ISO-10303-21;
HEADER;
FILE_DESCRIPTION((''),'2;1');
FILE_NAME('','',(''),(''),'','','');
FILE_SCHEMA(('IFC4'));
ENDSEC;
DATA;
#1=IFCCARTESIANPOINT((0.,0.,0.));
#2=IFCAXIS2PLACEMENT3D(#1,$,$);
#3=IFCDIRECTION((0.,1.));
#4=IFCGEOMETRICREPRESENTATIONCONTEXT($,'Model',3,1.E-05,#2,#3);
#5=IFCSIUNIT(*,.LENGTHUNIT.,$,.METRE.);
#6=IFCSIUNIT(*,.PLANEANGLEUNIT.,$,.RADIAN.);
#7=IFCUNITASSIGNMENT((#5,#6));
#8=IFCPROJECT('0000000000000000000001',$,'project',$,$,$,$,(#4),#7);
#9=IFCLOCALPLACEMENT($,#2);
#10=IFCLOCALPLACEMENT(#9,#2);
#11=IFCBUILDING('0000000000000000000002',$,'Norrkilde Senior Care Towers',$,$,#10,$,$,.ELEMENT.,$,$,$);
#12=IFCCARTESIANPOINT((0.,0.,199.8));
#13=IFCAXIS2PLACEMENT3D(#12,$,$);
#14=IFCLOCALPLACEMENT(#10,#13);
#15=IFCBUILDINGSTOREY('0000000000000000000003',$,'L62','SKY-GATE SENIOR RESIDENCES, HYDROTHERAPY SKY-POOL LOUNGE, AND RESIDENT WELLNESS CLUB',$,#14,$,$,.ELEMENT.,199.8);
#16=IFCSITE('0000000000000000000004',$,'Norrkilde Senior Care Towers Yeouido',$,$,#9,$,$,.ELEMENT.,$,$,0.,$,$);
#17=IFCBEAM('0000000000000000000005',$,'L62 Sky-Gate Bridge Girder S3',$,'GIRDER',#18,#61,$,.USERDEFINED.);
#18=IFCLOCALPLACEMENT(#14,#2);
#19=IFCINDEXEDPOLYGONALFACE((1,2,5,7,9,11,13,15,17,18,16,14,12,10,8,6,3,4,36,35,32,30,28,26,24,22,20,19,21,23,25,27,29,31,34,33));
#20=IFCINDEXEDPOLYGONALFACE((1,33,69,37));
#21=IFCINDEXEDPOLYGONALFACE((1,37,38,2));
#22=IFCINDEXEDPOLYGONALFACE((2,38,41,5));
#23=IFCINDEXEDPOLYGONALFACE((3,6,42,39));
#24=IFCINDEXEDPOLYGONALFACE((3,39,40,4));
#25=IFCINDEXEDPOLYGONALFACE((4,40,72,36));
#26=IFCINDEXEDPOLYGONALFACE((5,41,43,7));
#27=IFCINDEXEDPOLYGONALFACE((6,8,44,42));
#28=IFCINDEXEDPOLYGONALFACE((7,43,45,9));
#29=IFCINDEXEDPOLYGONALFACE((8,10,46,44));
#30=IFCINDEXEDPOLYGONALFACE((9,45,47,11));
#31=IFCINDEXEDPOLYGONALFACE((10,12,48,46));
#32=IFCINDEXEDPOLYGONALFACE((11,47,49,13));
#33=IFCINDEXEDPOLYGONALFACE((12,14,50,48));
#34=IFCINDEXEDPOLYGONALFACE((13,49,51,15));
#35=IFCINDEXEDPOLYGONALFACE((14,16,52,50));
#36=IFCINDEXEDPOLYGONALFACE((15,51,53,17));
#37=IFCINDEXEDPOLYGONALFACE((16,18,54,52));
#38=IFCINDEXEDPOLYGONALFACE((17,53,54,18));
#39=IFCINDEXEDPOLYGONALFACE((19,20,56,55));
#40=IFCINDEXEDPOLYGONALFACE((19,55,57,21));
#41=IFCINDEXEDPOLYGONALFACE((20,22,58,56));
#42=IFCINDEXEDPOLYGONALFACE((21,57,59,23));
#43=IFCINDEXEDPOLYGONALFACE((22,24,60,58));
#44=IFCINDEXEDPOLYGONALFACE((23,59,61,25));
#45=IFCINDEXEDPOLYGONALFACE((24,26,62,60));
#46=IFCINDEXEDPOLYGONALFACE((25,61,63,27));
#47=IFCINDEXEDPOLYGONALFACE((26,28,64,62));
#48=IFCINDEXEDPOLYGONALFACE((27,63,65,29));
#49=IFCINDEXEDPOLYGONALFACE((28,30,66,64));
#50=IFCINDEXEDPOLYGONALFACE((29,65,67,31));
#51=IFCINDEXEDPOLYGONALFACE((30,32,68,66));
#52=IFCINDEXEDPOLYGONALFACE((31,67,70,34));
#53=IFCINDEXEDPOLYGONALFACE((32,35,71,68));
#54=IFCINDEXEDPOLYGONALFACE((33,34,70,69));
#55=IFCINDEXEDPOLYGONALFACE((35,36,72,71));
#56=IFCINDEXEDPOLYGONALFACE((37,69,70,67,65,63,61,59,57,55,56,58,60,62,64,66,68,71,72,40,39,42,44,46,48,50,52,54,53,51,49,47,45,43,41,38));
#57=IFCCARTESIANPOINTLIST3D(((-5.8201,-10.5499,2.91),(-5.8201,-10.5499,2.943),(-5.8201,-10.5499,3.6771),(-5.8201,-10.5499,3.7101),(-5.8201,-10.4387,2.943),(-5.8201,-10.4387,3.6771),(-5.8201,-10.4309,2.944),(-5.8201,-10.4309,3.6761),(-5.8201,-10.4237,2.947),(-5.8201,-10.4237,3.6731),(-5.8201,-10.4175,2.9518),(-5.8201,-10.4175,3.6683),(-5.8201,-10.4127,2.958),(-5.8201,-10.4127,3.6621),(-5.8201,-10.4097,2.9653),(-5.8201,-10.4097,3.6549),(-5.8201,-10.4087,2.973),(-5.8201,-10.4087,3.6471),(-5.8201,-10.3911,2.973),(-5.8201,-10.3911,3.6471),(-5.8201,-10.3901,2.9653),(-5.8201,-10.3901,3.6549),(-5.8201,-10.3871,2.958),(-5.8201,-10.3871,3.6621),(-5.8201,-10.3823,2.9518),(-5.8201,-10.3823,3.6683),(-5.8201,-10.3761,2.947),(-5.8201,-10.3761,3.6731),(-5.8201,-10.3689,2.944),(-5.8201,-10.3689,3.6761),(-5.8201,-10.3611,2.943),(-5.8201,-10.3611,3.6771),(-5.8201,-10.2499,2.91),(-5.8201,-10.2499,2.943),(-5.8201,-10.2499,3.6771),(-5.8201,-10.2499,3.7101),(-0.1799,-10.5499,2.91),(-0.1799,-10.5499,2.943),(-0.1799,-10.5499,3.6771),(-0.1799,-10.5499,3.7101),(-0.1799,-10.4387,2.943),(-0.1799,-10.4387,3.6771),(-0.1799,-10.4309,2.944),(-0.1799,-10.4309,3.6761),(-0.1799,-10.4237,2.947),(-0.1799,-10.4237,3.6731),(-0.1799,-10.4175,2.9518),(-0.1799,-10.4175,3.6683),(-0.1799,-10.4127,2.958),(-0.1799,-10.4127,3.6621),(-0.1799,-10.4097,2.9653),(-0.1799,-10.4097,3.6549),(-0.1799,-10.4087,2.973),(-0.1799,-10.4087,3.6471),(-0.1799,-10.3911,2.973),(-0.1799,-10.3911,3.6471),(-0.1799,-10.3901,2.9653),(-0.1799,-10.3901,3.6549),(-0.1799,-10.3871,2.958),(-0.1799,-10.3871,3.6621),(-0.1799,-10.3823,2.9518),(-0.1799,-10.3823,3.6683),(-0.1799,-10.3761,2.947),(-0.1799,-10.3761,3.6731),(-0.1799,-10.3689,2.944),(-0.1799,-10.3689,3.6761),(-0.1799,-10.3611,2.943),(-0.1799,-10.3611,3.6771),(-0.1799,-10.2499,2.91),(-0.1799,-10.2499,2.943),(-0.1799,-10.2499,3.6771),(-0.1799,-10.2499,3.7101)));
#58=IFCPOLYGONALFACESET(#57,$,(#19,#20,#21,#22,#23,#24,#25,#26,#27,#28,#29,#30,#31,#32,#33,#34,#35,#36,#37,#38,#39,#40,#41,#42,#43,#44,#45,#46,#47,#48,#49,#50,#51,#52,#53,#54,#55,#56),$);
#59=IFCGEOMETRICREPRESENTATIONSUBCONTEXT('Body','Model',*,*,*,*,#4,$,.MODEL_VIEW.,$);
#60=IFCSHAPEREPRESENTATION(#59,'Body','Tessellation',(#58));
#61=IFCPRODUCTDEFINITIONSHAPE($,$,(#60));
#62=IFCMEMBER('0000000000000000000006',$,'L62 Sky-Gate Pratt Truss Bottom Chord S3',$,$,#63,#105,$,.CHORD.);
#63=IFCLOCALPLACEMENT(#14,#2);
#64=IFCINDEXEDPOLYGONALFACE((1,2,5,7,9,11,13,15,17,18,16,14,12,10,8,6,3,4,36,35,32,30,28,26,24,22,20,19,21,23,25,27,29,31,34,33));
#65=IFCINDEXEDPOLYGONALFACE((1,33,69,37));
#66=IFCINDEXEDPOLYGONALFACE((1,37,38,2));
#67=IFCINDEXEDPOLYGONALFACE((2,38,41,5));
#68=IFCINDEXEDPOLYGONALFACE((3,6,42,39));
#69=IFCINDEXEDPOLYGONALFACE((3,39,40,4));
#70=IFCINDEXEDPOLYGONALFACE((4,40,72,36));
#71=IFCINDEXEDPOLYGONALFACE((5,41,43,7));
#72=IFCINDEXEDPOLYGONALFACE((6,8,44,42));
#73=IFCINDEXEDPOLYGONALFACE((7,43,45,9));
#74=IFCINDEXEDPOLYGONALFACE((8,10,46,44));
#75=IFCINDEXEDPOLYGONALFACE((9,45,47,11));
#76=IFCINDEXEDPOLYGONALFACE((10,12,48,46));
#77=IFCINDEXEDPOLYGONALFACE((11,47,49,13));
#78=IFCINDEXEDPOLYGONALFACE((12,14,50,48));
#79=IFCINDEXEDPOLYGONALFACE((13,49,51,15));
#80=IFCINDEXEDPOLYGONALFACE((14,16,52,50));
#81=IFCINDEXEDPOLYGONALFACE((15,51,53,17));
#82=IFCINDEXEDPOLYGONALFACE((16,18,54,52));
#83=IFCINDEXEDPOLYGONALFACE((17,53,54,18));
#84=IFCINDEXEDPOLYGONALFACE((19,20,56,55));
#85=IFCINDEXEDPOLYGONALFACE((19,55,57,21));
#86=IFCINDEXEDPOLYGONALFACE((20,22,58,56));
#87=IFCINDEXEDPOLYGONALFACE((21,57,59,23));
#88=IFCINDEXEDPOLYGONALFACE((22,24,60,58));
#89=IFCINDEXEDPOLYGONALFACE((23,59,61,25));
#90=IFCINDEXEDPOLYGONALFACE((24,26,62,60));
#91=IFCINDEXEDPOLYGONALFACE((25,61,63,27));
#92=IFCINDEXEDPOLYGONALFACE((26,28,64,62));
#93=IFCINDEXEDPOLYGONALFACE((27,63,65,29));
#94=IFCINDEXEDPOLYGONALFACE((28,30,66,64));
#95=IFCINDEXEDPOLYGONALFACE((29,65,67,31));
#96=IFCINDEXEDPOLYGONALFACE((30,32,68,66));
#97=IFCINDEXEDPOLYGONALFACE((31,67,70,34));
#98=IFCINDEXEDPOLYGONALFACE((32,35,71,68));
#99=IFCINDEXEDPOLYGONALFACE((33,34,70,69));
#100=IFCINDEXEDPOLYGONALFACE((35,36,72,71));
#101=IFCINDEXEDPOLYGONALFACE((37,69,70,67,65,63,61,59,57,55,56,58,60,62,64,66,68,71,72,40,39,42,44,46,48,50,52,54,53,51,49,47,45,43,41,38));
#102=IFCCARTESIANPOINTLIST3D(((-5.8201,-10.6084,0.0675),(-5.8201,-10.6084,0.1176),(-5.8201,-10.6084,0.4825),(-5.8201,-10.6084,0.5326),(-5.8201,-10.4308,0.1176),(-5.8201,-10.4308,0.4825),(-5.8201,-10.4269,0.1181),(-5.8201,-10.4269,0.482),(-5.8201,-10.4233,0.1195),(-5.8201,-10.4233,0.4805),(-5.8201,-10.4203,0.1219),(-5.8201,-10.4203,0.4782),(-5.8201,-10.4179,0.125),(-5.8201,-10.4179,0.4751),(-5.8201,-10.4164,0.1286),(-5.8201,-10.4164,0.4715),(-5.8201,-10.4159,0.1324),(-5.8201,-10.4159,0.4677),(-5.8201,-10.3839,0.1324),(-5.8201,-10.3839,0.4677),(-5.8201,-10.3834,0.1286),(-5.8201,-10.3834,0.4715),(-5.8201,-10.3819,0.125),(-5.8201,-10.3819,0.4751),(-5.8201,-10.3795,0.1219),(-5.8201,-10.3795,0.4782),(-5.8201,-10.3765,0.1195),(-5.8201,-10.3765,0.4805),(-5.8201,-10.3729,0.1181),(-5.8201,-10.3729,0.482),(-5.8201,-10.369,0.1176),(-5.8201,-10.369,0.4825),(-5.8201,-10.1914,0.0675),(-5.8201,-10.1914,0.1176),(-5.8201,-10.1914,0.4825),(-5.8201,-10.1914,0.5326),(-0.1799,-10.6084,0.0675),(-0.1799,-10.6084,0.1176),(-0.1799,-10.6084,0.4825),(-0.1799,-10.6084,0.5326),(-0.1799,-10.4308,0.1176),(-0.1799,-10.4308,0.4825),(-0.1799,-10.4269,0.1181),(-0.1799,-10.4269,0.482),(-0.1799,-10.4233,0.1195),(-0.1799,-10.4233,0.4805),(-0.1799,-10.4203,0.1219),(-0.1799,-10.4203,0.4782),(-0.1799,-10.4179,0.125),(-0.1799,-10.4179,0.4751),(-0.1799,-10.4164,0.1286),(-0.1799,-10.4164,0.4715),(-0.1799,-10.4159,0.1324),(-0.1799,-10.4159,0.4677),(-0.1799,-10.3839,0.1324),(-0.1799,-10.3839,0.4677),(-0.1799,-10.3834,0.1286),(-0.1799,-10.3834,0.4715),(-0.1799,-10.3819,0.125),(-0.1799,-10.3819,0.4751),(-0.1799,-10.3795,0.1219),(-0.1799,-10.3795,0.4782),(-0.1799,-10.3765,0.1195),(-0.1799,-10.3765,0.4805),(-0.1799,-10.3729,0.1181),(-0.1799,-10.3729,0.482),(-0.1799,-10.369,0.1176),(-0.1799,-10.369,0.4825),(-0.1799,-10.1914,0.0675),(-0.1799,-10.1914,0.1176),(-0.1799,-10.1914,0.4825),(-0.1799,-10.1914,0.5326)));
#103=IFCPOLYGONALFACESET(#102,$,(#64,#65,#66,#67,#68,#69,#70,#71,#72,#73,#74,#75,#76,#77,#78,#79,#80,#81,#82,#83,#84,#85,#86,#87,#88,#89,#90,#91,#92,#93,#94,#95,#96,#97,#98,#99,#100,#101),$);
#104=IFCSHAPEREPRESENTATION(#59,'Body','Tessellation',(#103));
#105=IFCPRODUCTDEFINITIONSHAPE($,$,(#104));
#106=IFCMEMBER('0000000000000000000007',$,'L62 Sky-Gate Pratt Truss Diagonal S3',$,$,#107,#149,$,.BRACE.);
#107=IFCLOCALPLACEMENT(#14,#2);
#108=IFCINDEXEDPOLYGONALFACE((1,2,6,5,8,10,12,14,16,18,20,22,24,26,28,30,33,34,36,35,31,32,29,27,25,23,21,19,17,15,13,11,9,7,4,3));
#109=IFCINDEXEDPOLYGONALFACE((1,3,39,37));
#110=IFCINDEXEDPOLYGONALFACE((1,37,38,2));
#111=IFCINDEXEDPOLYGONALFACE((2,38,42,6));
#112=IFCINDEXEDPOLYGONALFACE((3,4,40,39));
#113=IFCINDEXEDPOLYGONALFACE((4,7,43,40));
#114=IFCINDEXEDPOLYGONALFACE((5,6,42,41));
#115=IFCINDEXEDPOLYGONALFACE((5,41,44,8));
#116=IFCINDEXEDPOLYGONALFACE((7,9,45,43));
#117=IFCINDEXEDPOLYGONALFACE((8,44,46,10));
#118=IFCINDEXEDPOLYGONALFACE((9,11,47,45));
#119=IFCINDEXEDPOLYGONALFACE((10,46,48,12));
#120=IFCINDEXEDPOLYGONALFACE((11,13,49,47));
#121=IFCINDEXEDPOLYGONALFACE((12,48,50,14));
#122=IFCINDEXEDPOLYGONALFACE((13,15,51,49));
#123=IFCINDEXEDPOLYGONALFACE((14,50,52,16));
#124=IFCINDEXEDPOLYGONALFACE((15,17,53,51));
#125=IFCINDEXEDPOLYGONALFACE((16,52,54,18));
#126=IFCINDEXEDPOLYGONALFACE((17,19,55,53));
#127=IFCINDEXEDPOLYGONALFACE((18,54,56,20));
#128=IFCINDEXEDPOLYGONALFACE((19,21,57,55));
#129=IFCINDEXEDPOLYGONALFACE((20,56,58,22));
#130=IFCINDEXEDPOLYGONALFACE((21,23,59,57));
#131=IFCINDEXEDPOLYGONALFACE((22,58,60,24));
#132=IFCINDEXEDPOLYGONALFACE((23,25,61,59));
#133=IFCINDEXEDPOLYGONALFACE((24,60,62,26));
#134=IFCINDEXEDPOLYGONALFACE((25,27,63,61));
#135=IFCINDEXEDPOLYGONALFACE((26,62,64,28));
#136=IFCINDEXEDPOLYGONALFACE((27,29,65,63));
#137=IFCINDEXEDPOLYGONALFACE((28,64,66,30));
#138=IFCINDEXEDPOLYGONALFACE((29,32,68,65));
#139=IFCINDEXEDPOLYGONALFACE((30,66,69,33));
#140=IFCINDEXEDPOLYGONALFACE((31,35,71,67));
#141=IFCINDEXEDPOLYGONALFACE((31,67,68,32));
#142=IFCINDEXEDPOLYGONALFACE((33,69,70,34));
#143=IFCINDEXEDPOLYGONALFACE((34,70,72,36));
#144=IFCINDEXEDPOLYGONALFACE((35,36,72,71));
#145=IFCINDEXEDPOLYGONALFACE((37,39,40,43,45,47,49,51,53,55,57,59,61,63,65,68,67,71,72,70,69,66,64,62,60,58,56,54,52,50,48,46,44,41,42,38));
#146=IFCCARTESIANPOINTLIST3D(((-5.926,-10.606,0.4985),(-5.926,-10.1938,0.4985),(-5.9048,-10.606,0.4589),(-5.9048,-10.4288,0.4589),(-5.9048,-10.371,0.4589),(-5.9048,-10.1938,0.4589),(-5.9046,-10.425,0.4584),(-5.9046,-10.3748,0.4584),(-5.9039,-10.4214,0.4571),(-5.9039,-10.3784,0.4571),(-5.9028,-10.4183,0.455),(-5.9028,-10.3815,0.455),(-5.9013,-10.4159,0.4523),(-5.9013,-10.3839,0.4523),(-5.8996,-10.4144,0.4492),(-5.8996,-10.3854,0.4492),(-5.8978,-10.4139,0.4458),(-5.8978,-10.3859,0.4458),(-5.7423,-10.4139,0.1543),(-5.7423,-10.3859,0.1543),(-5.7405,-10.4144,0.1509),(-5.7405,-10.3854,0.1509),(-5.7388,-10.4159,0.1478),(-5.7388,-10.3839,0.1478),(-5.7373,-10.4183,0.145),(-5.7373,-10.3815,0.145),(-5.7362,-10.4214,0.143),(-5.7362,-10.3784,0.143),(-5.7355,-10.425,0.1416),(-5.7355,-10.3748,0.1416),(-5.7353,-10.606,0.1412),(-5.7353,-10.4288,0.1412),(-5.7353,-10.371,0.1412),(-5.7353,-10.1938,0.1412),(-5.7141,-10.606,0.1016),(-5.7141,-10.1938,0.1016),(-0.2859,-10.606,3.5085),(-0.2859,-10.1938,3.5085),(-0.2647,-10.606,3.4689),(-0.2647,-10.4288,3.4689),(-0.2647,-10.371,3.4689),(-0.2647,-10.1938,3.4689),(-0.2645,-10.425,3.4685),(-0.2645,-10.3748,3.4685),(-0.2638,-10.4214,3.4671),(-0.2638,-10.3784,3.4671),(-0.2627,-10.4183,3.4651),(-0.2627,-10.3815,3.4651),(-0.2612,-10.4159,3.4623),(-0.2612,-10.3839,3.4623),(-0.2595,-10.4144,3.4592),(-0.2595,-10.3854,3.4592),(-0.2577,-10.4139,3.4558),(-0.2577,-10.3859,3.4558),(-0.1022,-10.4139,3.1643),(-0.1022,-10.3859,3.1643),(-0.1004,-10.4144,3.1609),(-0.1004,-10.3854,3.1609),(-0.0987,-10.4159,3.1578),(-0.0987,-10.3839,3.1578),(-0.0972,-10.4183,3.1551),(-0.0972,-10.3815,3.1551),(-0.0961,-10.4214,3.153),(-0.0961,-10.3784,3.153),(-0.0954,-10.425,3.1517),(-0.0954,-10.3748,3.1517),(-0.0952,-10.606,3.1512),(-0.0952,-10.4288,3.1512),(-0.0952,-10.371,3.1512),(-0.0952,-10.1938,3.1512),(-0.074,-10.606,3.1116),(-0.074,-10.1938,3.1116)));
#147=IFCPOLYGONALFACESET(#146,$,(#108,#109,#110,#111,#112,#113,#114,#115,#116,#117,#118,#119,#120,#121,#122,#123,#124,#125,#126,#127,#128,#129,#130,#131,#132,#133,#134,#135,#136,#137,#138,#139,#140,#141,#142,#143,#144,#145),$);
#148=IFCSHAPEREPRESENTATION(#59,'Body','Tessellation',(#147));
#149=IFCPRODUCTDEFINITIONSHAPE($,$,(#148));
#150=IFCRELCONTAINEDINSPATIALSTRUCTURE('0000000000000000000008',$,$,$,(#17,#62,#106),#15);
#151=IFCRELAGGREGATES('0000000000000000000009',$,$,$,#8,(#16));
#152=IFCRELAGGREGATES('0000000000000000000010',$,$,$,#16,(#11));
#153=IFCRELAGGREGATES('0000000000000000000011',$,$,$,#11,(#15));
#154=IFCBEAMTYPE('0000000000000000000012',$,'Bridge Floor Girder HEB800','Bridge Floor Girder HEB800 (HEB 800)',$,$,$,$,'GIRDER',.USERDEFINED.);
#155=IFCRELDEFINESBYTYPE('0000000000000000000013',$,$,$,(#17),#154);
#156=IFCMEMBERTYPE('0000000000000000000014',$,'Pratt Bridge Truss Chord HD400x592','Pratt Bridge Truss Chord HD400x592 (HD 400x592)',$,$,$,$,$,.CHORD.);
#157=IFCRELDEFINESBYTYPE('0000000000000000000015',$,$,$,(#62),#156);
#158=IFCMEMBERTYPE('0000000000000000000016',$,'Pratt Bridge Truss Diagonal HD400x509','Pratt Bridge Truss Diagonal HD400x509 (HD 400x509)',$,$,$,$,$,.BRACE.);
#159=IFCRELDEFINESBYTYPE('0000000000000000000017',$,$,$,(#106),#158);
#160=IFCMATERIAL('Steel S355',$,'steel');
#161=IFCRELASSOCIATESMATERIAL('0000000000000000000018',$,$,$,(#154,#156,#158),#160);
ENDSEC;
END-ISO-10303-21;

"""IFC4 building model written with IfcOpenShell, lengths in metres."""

from ifc_helpers import new_model, si_unit, direction, frame, origin, origin_2d, place, context, subcontext, project, spatial, i_section, extrude, source, transform, mapped, material, material_profile, profile_set, type_object, type_shapes, element, save


model = new_model("IFC4")

# Units and contexts
model_context = context("Model", 3, precision=1e-05, world=origin(), true_north=direction((0.0, 1.0)))
body_context = subcontext(model_context, "Body", "Model", "MODEL_VIEW")
ifc_project = project(units=[si_unit("LENGTHUNIT", "METRE"), si_unit("PLANEANGLEUNIT", "RADIAN")], contexts=[model_context])

# Site, building, storey
site_placement = place(None, origin())
site = spatial("IfcSite", under=ifc_project, at=site_placement, Name="Norrkilde Senior Care Towers Yeouido", CompositionType="ELEMENT", RefElevation=0.0)
building_placement = place(site_placement, origin())
building = spatial("IfcBuilding", under=site, at=building_placement, Name="Norrkilde Senior Care Towers", CompositionType="ELEMENT")
storey_placement = place(building_placement, frame((0.0, 0.0, 199.8)))
storey = spatial("IfcBuildingStorey", under=building, at=storey_placement, Name="L62", Description="SKY-GATE SENIOR RESIDENCES, HYDROTHERAPY SKY-POOL LOUNGE, AND RESIDENT WELLNESS CLUB", CompositionType="ELEMENT", Elevation=199.8)

# Shared definitions
ifc_material_1 = material(Name="Steel S355", Category="steel")

# Beam
ifc_material_profile_1 = material_profile(ifc_material_1, i_section(OverallWidth=0.3, OverallDepth=0.8, WebThickness=0.0176, FlangeThickness=0.033, FilletRadius=0.03, at=origin_2d()), Name="HEB 800")
ifc_profile_set_1 = profile_set([ifc_material_profile_1], Name="Steel S355")
beam_type_1 = type_object("IfcBeamType", Name="Bridge Floor Girder HEB800", Description="Bridge Floor Girder HEB800 (HEB 800)", ElementType="GIRDER", PredefinedType="USERDEFINED", material=ifc_profile_set_1)
shared_shape_1 = source(origin(), body_context, "Body", "SweptSolid", [
    extrude(i_section(OverallWidth=0.3, OverallDepth=0.8, WebThickness=0.0176, FlangeThickness=0.033, FilletRadius=0.03, at=origin_2d()), origin(), (0.0, 0.0, 1.0), 5.6401),
])
type_shapes(beam_type_1, [shared_shape_1])
beam_1_placement = place(storey_placement, frame((-5.8201, -10.3999, 3.3101), z_axis=(1.0, 0.0, 0.0), x_axis=(0.0, 1.0, 0.0)))
element("IfcBeam", 1, at=beam_1_placement, inside=storey, type_object=beam_type_1, Name="L62 Sky-Gate Bridge Girder S3", ObjectType="GIRDER", PredefinedType="USERDEFINED", context=body_context, shape_type="MappedRepresentation", body=[
    mapped(shared_shape_1, transform((0.0, 0.0, 0.0), x_axis=(1.0, 0.0, 0.0), y_axis=(0.0, 1.0, 0.0), z_axis=(0.0, 0.0, 1.0), scale=1.0)),
])

# Members
ifc_material_profile_2 = material_profile(ifc_material_1, i_section(OverallWidth=0.417, OverallDepth=0.4651, WebThickness=0.032, FlangeThickness=0.05, FilletRadius=0.0149, at=origin_2d()), Name="HD 400x592")
ifc_profile_set_2 = profile_set([ifc_material_profile_2], Name="Steel S355")
member_type_1 = type_object("IfcMemberType", Name="Pratt Bridge Truss Chord HD400x592", Description="Pratt Bridge Truss Chord HD400x592 (HD 400x592)", PredefinedType="CHORD", material=ifc_profile_set_2)
shared_shape_2 = source(origin(), body_context, "Body", "SweptSolid", [
    extrude(i_section(OverallWidth=0.417, OverallDepth=0.4651, WebThickness=0.032, FlangeThickness=0.05, FilletRadius=0.0149, at=origin_2d()), origin(), (0.0, 0.0, 1.0), 5.6401),
])
type_shapes(member_type_1, [shared_shape_2])
member_1_placement = place(storey_placement, frame((-5.8201, -10.3999, 0.3), z_axis=(1.0, 0.0, 0.0), x_axis=(0.0, 1.0, 0.0)))
element("IfcMember", 2, at=member_1_placement, inside=storey, type_object=member_type_1, Name="L62 Sky-Gate Pratt Truss Bottom Chord S3", PredefinedType="CHORD", context=body_context, shape_type="MappedRepresentation", body=[
    mapped(shared_shape_2, transform((0.0, 0.0, 0.0), x_axis=(1.0, 0.0, 0.0), y_axis=(0.0, 1.0, 0.0), z_axis=(0.0, 0.0, 1.0), scale=1.0)),
])
ifc_material_profile_3 = material_profile(ifc_material_1, i_section(OverallWidth=0.4121, OverallDepth=0.45, WebThickness=0.0281, FlangeThickness=0.0449, FilletRadius=0.0149, at=origin_2d()), Name="HD 400x509")
ifc_profile_set_3 = profile_set([ifc_material_profile_3], Name="Steel S355")
member_type_2 = type_object("IfcMemberType", Name="Pratt Bridge Truss Diagonal HD400x509", Description="Pratt Bridge Truss Diagonal HD400x509 (HD 400x509)", PredefinedType="BRACE", material=ifc_profile_set_3)
shared_shape_3 = source(origin(), body_context, "Body", "SweptSolid", [
    extrude(i_section(OverallWidth=0.4121, OverallDepth=0.45, WebThickness=0.0281, FlangeThickness=0.0449, FilletRadius=0.0149, at=origin_2d()), origin(), (0.0, 0.0, 1.0), 6.3931),
])
type_shapes(member_type_2, [shared_shape_3])
member_2_placement = place(storey_placement, frame((-5.8201, -10.3999, 0.3), z_axis=(0.882227, 0.0, 0.470824), x_axis=(0.0, 1.0, 0.0)))
element("IfcMember", 3, at=member_2_placement, inside=storey, type_object=member_type_2, Name="L62 Sky-Gate Pratt Truss Diagonal S3", PredefinedType="BRACE", context=body_context, shape_type="MappedRepresentation", body=[
    mapped(shared_shape_3, transform((0.0, 0.0, 0.0), x_axis=(1.0, 0.0, 0.0), y_axis=(0.0, 1.0, 0.0), z_axis=(0.0, 0.0, 1.0), scale=1.0)),
])

save(model, "model.ifc")
